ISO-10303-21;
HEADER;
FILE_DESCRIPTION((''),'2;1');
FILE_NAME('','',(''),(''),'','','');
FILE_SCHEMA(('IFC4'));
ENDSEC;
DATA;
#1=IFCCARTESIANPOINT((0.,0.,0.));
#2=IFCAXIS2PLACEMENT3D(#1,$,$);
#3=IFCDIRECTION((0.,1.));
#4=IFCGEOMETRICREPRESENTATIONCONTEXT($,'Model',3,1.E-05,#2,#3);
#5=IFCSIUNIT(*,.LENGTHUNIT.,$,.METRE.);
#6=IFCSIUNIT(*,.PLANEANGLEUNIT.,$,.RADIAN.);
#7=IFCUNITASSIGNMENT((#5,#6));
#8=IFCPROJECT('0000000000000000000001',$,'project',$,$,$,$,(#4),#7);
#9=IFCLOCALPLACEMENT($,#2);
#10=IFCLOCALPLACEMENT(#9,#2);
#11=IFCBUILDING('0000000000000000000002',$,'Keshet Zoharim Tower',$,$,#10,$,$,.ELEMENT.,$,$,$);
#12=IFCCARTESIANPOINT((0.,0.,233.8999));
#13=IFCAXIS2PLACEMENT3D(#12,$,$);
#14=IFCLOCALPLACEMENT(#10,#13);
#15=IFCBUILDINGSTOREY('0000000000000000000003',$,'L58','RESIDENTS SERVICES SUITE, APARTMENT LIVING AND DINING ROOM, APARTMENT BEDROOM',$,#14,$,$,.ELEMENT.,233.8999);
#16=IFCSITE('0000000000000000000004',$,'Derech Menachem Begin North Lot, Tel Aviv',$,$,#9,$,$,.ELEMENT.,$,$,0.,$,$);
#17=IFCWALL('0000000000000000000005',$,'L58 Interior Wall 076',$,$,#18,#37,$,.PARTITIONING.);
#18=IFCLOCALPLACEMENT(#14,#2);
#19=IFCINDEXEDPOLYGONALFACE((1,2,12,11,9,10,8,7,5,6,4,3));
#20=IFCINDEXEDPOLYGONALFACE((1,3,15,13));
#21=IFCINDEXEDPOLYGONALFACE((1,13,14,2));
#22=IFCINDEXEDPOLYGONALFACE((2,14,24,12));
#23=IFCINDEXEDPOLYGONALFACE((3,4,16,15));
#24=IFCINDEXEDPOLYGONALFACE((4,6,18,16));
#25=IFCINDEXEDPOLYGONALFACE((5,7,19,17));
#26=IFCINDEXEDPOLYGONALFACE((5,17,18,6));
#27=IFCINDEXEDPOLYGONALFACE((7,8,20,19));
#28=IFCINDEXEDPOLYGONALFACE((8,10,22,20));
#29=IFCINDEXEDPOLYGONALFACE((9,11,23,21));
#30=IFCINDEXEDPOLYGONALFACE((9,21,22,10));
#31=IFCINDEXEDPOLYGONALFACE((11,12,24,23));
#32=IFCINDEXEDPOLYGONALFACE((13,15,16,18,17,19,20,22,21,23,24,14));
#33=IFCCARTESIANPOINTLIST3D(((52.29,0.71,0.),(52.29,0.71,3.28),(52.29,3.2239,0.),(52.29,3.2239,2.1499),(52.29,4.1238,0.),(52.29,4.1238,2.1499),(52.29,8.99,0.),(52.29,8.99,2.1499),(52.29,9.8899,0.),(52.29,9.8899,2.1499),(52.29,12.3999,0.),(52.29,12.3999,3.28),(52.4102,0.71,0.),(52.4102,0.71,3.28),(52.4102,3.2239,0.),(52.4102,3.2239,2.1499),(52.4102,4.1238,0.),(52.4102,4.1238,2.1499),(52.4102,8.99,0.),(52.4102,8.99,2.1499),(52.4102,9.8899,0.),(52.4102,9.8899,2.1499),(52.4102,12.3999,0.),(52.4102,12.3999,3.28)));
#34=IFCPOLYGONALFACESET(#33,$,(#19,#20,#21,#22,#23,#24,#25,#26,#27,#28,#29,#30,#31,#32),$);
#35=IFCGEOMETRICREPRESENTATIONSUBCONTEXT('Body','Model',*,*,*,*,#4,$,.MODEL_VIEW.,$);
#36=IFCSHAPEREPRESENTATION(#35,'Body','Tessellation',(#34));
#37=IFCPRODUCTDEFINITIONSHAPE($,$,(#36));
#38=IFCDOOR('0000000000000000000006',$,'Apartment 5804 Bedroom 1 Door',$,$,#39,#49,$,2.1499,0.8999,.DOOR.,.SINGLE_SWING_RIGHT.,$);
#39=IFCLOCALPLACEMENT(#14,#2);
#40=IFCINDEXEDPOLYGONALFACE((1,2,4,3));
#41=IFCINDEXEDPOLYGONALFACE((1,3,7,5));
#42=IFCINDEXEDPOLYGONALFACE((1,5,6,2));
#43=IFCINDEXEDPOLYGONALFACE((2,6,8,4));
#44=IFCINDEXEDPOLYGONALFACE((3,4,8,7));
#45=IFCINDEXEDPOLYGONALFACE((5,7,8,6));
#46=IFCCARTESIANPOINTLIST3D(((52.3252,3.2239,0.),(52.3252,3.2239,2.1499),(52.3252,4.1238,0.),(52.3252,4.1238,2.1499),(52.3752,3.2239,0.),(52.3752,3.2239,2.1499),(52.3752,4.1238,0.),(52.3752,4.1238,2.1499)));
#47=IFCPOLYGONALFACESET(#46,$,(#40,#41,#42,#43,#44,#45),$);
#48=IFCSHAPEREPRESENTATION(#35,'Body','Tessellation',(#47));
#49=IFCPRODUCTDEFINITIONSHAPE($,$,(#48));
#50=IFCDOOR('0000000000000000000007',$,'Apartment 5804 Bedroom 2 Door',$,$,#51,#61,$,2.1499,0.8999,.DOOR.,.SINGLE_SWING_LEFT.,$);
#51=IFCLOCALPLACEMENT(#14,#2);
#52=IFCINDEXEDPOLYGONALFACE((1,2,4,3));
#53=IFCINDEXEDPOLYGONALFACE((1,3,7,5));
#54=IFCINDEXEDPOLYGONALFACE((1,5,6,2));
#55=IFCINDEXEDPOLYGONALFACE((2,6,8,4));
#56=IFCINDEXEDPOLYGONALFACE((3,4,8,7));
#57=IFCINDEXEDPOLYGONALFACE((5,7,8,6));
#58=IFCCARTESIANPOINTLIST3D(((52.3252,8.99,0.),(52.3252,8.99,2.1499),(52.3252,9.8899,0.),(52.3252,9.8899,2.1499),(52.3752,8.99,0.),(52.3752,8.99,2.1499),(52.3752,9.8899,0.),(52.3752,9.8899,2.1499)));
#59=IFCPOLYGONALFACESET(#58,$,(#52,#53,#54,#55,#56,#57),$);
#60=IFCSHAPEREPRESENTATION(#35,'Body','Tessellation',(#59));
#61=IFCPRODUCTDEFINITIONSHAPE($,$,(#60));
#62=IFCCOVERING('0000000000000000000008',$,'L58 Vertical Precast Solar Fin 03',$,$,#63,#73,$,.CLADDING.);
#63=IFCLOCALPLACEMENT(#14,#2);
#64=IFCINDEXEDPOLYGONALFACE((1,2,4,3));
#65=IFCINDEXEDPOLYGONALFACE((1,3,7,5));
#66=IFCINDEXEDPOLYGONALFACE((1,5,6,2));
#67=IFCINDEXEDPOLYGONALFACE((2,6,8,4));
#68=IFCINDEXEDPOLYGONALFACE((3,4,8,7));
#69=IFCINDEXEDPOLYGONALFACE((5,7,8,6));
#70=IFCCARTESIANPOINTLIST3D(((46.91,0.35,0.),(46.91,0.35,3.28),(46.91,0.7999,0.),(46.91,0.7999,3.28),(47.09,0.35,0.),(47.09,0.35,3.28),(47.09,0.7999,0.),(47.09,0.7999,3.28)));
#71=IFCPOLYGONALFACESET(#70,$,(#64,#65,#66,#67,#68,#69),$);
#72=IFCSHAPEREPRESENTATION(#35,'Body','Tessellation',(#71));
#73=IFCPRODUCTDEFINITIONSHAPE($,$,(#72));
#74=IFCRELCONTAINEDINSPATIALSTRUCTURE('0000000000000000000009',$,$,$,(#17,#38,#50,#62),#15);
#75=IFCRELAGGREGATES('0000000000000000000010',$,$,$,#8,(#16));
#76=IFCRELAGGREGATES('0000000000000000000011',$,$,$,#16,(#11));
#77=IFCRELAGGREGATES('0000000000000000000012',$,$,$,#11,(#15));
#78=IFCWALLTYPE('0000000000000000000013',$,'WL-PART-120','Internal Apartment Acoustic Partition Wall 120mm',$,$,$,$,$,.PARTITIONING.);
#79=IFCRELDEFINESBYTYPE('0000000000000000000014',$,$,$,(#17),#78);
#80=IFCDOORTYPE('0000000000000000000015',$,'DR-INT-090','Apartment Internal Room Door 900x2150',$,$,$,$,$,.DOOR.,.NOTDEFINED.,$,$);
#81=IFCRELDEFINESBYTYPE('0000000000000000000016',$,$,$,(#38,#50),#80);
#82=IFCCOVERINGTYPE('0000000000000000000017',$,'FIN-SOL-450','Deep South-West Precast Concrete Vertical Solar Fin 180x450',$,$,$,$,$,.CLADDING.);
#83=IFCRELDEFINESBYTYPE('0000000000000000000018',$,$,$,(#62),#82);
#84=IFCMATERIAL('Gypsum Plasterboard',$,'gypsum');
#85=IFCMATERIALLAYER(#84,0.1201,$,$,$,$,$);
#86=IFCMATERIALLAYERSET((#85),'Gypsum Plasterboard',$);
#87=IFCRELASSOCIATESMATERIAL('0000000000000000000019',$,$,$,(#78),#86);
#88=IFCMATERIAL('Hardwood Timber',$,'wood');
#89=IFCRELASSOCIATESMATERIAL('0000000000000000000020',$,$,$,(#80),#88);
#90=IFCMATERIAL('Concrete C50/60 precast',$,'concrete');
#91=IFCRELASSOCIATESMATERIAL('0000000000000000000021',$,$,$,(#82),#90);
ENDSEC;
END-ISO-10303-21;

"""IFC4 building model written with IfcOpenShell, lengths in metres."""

from ifc_helpers import new_model, si_unit, direction, frame, frame_2d, origin, origin_2d, place, context, subcontext, project, spatial, rectangle, extrude, material, layer, layer_set, type_object, element, fill, save


model = new_model("IFC4")

# Units and contexts
model_context = context("Model", 3, precision=1e-05, world=origin(), true_north=direction((0.0, 1.0)))
body_context = subcontext(model_context, "Body", "Model", "MODEL_VIEW")
ifc_project = project(units=[si_unit("LENGTHUNIT", "METRE"), si_unit("PLANEANGLEUNIT", "RADIAN")], contexts=[model_context])

# Site, building, storey
site_placement = place(None, origin())
site = spatial("IfcSite", under=ifc_project, at=site_placement, Name="Derech Menachem Begin North Lot, Tel Aviv", CompositionType="ELEMENT", RefElevation=0.0)
building_placement = place(site_placement, origin())
building = spatial("IfcBuilding", under=site, at=building_placement, Name="Keshet Zoharim Tower", CompositionType="ELEMENT")
storey_placement = place(building_placement, frame((0.0, 0.0, 233.8999)))
storey = spatial("IfcBuildingStorey", under=building, at=storey_placement, Name="L58", Description="RESIDENTS SERVICES SUITE, APARTMENT LIVING AND DINING ROOM, APARTMENT BEDROOM", CompositionType="ELEMENT", Elevation=233.8999)

# Shared definitions
ifc_material_1 = material(Name="Gypsum Plasterboard", Category="gypsum")
ifc_layer_1 = layer(ifc_material_1, 0.1201)
ifc_layer_set_1 = layer_set([ifc_layer_1], Name="Gypsum Plasterboard")
wall_type = type_object("IfcWallType", Name="WL-PART-120", Description="Internal Apartment Acoustic Partition Wall 120mm", PredefinedType="PARTITIONING", material=ifc_layer_set_1)

# Wall, openings, doors
wall_1_placement = place(storey_placement, frame((52.3501, 0.71, 0.0), z_axis=(0.0, 0.0, 1.0), x_axis=(0.0, 1.0, 0.0)))
wall_1 = element("IfcWall", 1, at=wall_1_placement, inside=storey, type_object=wall_type, Name="L58 Interior Wall 076", PredefinedType="PARTITIONING", context=body_context, shape_type="SweptSolid", body=[
    extrude(rectangle(XDim=11.6899, YDim=0.1201, at=frame_2d((5.845, 0.0))), origin(), (0.0, 0.0, 1.0), 3.28),
])
opening_1_placement = place(wall_1_placement, frame((2.5139, 0.0, 0.0)))
opening_1 = element("IfcOpeningElement", 2, at=opening_1_placement, cuts=wall_1, PredefinedType="OPENING", context=body_context, shape_type="SweptSolid", body=[
    extrude(rectangle(XDim=0.8999, YDim=2.1499, at=frame_2d((0.45, 1.075))), frame((0.0, 0.0701, 0.0), z_axis=(0.0, -1.0, 0.0), x_axis=(1.0, 0.0, 0.0)), (0.0, 0.0, 1.0), 0.1401),
])
opening_2_placement = place(wall_1_placement, frame((8.28, 0.0, 0.0)))
opening_2 = element("IfcOpeningElement", 3, at=opening_2_placement, cuts=wall_1, PredefinedType="OPENING", context=body_context, shape_type="SweptSolid", body=[
    extrude(rectangle(XDim=0.8999, YDim=2.1499, at=frame_2d((0.45, 1.075))), frame((0.0, 0.0701, 0.0), z_axis=(0.0, -1.0, 0.0), x_axis=(1.0, 0.0, 0.0)), (0.0, 0.0, 1.0), 0.1401),
])
ifc_material_2 = material(Name="Hardwood Timber", Category="wood")
door_type = type_object("IfcDoorType", Name="DR-INT-090", Description="Apartment Internal Room Door 900x2150", OperationType="NOTDEFINED", PredefinedType="DOOR", material=ifc_material_2)
door_1_placement = place(opening_1_placement, origin())
door_1 = element("IfcDoor", 4, at=door_1_placement, inside=storey, type_object=door_type, Name="Apartment 5804 Bedroom 1 Door", OperationType="SINGLE_SWING_RIGHT", OverallHeight=2.1499, OverallWidth=0.8999, PredefinedType="DOOR", context=body_context, shape_type="SweptSolid", body=[
    extrude(rectangle(XDim=0.8999, YDim=2.1499, at=frame_2d((0.45, 1.075))), frame((0.0, 0.0249, 0.0), z_axis=(0.0, -1.0, 0.0), x_axis=(1.0, 0.0, 0.0)), (0.0, 0.0, 1.0), 0.05),
])
fill(opening_1, door_1)
door_2_placement = place(opening_2_placement, origin())
door_2 = element("IfcDoor", 5, at=door_2_placement, inside=storey, type_object=door_type, Name="Apartment 5804 Bedroom 2 Door", OperationType="SINGLE_SWING_LEFT", OverallHeight=2.1499, OverallWidth=0.8999, PredefinedType="DOOR", context=body_context, shape_type="SweptSolid", body=[
    extrude(rectangle(XDim=0.8999, YDim=2.1499, at=frame_2d((0.45, 1.075))), frame((0.0, 0.0249, 0.0), z_axis=(0.0, -1.0, 0.0), x_axis=(1.0, 0.0, 0.0)), (0.0, 0.0, 1.0), 0.05),
])
fill(opening_2, door_2)

# Covering
ifc_material_3 = material(Name="Concrete C50/60 precast", Category="concrete")
covering_type = type_object("IfcCoveringType", Name="FIN-SOL-450", Description="Deep South-West Precast Concrete Vertical Solar Fin 180x450", PredefinedType="CLADDING", material=ifc_material_3)
covering_placement = place(storey_placement, frame((47.0, 0.575, 0.0), z_axis=(0.0, 0.0, 1.0), x_axis=(-1.0, 0.0, 0.0)))
element("IfcCovering", 6, at=covering_placement, inside=storey, type_object=covering_type, Name="L58 Vertical Precast Solar Fin 03", PredefinedType="CLADDING", context=body_context, shape_type="SweptSolid", body=[
    extrude(rectangle(XDim=0.1799, YDim=0.45, at=origin_2d()), origin(), (0.0, 0.0, 1.0), 3.28),
])

save(model, "model.ifc")
